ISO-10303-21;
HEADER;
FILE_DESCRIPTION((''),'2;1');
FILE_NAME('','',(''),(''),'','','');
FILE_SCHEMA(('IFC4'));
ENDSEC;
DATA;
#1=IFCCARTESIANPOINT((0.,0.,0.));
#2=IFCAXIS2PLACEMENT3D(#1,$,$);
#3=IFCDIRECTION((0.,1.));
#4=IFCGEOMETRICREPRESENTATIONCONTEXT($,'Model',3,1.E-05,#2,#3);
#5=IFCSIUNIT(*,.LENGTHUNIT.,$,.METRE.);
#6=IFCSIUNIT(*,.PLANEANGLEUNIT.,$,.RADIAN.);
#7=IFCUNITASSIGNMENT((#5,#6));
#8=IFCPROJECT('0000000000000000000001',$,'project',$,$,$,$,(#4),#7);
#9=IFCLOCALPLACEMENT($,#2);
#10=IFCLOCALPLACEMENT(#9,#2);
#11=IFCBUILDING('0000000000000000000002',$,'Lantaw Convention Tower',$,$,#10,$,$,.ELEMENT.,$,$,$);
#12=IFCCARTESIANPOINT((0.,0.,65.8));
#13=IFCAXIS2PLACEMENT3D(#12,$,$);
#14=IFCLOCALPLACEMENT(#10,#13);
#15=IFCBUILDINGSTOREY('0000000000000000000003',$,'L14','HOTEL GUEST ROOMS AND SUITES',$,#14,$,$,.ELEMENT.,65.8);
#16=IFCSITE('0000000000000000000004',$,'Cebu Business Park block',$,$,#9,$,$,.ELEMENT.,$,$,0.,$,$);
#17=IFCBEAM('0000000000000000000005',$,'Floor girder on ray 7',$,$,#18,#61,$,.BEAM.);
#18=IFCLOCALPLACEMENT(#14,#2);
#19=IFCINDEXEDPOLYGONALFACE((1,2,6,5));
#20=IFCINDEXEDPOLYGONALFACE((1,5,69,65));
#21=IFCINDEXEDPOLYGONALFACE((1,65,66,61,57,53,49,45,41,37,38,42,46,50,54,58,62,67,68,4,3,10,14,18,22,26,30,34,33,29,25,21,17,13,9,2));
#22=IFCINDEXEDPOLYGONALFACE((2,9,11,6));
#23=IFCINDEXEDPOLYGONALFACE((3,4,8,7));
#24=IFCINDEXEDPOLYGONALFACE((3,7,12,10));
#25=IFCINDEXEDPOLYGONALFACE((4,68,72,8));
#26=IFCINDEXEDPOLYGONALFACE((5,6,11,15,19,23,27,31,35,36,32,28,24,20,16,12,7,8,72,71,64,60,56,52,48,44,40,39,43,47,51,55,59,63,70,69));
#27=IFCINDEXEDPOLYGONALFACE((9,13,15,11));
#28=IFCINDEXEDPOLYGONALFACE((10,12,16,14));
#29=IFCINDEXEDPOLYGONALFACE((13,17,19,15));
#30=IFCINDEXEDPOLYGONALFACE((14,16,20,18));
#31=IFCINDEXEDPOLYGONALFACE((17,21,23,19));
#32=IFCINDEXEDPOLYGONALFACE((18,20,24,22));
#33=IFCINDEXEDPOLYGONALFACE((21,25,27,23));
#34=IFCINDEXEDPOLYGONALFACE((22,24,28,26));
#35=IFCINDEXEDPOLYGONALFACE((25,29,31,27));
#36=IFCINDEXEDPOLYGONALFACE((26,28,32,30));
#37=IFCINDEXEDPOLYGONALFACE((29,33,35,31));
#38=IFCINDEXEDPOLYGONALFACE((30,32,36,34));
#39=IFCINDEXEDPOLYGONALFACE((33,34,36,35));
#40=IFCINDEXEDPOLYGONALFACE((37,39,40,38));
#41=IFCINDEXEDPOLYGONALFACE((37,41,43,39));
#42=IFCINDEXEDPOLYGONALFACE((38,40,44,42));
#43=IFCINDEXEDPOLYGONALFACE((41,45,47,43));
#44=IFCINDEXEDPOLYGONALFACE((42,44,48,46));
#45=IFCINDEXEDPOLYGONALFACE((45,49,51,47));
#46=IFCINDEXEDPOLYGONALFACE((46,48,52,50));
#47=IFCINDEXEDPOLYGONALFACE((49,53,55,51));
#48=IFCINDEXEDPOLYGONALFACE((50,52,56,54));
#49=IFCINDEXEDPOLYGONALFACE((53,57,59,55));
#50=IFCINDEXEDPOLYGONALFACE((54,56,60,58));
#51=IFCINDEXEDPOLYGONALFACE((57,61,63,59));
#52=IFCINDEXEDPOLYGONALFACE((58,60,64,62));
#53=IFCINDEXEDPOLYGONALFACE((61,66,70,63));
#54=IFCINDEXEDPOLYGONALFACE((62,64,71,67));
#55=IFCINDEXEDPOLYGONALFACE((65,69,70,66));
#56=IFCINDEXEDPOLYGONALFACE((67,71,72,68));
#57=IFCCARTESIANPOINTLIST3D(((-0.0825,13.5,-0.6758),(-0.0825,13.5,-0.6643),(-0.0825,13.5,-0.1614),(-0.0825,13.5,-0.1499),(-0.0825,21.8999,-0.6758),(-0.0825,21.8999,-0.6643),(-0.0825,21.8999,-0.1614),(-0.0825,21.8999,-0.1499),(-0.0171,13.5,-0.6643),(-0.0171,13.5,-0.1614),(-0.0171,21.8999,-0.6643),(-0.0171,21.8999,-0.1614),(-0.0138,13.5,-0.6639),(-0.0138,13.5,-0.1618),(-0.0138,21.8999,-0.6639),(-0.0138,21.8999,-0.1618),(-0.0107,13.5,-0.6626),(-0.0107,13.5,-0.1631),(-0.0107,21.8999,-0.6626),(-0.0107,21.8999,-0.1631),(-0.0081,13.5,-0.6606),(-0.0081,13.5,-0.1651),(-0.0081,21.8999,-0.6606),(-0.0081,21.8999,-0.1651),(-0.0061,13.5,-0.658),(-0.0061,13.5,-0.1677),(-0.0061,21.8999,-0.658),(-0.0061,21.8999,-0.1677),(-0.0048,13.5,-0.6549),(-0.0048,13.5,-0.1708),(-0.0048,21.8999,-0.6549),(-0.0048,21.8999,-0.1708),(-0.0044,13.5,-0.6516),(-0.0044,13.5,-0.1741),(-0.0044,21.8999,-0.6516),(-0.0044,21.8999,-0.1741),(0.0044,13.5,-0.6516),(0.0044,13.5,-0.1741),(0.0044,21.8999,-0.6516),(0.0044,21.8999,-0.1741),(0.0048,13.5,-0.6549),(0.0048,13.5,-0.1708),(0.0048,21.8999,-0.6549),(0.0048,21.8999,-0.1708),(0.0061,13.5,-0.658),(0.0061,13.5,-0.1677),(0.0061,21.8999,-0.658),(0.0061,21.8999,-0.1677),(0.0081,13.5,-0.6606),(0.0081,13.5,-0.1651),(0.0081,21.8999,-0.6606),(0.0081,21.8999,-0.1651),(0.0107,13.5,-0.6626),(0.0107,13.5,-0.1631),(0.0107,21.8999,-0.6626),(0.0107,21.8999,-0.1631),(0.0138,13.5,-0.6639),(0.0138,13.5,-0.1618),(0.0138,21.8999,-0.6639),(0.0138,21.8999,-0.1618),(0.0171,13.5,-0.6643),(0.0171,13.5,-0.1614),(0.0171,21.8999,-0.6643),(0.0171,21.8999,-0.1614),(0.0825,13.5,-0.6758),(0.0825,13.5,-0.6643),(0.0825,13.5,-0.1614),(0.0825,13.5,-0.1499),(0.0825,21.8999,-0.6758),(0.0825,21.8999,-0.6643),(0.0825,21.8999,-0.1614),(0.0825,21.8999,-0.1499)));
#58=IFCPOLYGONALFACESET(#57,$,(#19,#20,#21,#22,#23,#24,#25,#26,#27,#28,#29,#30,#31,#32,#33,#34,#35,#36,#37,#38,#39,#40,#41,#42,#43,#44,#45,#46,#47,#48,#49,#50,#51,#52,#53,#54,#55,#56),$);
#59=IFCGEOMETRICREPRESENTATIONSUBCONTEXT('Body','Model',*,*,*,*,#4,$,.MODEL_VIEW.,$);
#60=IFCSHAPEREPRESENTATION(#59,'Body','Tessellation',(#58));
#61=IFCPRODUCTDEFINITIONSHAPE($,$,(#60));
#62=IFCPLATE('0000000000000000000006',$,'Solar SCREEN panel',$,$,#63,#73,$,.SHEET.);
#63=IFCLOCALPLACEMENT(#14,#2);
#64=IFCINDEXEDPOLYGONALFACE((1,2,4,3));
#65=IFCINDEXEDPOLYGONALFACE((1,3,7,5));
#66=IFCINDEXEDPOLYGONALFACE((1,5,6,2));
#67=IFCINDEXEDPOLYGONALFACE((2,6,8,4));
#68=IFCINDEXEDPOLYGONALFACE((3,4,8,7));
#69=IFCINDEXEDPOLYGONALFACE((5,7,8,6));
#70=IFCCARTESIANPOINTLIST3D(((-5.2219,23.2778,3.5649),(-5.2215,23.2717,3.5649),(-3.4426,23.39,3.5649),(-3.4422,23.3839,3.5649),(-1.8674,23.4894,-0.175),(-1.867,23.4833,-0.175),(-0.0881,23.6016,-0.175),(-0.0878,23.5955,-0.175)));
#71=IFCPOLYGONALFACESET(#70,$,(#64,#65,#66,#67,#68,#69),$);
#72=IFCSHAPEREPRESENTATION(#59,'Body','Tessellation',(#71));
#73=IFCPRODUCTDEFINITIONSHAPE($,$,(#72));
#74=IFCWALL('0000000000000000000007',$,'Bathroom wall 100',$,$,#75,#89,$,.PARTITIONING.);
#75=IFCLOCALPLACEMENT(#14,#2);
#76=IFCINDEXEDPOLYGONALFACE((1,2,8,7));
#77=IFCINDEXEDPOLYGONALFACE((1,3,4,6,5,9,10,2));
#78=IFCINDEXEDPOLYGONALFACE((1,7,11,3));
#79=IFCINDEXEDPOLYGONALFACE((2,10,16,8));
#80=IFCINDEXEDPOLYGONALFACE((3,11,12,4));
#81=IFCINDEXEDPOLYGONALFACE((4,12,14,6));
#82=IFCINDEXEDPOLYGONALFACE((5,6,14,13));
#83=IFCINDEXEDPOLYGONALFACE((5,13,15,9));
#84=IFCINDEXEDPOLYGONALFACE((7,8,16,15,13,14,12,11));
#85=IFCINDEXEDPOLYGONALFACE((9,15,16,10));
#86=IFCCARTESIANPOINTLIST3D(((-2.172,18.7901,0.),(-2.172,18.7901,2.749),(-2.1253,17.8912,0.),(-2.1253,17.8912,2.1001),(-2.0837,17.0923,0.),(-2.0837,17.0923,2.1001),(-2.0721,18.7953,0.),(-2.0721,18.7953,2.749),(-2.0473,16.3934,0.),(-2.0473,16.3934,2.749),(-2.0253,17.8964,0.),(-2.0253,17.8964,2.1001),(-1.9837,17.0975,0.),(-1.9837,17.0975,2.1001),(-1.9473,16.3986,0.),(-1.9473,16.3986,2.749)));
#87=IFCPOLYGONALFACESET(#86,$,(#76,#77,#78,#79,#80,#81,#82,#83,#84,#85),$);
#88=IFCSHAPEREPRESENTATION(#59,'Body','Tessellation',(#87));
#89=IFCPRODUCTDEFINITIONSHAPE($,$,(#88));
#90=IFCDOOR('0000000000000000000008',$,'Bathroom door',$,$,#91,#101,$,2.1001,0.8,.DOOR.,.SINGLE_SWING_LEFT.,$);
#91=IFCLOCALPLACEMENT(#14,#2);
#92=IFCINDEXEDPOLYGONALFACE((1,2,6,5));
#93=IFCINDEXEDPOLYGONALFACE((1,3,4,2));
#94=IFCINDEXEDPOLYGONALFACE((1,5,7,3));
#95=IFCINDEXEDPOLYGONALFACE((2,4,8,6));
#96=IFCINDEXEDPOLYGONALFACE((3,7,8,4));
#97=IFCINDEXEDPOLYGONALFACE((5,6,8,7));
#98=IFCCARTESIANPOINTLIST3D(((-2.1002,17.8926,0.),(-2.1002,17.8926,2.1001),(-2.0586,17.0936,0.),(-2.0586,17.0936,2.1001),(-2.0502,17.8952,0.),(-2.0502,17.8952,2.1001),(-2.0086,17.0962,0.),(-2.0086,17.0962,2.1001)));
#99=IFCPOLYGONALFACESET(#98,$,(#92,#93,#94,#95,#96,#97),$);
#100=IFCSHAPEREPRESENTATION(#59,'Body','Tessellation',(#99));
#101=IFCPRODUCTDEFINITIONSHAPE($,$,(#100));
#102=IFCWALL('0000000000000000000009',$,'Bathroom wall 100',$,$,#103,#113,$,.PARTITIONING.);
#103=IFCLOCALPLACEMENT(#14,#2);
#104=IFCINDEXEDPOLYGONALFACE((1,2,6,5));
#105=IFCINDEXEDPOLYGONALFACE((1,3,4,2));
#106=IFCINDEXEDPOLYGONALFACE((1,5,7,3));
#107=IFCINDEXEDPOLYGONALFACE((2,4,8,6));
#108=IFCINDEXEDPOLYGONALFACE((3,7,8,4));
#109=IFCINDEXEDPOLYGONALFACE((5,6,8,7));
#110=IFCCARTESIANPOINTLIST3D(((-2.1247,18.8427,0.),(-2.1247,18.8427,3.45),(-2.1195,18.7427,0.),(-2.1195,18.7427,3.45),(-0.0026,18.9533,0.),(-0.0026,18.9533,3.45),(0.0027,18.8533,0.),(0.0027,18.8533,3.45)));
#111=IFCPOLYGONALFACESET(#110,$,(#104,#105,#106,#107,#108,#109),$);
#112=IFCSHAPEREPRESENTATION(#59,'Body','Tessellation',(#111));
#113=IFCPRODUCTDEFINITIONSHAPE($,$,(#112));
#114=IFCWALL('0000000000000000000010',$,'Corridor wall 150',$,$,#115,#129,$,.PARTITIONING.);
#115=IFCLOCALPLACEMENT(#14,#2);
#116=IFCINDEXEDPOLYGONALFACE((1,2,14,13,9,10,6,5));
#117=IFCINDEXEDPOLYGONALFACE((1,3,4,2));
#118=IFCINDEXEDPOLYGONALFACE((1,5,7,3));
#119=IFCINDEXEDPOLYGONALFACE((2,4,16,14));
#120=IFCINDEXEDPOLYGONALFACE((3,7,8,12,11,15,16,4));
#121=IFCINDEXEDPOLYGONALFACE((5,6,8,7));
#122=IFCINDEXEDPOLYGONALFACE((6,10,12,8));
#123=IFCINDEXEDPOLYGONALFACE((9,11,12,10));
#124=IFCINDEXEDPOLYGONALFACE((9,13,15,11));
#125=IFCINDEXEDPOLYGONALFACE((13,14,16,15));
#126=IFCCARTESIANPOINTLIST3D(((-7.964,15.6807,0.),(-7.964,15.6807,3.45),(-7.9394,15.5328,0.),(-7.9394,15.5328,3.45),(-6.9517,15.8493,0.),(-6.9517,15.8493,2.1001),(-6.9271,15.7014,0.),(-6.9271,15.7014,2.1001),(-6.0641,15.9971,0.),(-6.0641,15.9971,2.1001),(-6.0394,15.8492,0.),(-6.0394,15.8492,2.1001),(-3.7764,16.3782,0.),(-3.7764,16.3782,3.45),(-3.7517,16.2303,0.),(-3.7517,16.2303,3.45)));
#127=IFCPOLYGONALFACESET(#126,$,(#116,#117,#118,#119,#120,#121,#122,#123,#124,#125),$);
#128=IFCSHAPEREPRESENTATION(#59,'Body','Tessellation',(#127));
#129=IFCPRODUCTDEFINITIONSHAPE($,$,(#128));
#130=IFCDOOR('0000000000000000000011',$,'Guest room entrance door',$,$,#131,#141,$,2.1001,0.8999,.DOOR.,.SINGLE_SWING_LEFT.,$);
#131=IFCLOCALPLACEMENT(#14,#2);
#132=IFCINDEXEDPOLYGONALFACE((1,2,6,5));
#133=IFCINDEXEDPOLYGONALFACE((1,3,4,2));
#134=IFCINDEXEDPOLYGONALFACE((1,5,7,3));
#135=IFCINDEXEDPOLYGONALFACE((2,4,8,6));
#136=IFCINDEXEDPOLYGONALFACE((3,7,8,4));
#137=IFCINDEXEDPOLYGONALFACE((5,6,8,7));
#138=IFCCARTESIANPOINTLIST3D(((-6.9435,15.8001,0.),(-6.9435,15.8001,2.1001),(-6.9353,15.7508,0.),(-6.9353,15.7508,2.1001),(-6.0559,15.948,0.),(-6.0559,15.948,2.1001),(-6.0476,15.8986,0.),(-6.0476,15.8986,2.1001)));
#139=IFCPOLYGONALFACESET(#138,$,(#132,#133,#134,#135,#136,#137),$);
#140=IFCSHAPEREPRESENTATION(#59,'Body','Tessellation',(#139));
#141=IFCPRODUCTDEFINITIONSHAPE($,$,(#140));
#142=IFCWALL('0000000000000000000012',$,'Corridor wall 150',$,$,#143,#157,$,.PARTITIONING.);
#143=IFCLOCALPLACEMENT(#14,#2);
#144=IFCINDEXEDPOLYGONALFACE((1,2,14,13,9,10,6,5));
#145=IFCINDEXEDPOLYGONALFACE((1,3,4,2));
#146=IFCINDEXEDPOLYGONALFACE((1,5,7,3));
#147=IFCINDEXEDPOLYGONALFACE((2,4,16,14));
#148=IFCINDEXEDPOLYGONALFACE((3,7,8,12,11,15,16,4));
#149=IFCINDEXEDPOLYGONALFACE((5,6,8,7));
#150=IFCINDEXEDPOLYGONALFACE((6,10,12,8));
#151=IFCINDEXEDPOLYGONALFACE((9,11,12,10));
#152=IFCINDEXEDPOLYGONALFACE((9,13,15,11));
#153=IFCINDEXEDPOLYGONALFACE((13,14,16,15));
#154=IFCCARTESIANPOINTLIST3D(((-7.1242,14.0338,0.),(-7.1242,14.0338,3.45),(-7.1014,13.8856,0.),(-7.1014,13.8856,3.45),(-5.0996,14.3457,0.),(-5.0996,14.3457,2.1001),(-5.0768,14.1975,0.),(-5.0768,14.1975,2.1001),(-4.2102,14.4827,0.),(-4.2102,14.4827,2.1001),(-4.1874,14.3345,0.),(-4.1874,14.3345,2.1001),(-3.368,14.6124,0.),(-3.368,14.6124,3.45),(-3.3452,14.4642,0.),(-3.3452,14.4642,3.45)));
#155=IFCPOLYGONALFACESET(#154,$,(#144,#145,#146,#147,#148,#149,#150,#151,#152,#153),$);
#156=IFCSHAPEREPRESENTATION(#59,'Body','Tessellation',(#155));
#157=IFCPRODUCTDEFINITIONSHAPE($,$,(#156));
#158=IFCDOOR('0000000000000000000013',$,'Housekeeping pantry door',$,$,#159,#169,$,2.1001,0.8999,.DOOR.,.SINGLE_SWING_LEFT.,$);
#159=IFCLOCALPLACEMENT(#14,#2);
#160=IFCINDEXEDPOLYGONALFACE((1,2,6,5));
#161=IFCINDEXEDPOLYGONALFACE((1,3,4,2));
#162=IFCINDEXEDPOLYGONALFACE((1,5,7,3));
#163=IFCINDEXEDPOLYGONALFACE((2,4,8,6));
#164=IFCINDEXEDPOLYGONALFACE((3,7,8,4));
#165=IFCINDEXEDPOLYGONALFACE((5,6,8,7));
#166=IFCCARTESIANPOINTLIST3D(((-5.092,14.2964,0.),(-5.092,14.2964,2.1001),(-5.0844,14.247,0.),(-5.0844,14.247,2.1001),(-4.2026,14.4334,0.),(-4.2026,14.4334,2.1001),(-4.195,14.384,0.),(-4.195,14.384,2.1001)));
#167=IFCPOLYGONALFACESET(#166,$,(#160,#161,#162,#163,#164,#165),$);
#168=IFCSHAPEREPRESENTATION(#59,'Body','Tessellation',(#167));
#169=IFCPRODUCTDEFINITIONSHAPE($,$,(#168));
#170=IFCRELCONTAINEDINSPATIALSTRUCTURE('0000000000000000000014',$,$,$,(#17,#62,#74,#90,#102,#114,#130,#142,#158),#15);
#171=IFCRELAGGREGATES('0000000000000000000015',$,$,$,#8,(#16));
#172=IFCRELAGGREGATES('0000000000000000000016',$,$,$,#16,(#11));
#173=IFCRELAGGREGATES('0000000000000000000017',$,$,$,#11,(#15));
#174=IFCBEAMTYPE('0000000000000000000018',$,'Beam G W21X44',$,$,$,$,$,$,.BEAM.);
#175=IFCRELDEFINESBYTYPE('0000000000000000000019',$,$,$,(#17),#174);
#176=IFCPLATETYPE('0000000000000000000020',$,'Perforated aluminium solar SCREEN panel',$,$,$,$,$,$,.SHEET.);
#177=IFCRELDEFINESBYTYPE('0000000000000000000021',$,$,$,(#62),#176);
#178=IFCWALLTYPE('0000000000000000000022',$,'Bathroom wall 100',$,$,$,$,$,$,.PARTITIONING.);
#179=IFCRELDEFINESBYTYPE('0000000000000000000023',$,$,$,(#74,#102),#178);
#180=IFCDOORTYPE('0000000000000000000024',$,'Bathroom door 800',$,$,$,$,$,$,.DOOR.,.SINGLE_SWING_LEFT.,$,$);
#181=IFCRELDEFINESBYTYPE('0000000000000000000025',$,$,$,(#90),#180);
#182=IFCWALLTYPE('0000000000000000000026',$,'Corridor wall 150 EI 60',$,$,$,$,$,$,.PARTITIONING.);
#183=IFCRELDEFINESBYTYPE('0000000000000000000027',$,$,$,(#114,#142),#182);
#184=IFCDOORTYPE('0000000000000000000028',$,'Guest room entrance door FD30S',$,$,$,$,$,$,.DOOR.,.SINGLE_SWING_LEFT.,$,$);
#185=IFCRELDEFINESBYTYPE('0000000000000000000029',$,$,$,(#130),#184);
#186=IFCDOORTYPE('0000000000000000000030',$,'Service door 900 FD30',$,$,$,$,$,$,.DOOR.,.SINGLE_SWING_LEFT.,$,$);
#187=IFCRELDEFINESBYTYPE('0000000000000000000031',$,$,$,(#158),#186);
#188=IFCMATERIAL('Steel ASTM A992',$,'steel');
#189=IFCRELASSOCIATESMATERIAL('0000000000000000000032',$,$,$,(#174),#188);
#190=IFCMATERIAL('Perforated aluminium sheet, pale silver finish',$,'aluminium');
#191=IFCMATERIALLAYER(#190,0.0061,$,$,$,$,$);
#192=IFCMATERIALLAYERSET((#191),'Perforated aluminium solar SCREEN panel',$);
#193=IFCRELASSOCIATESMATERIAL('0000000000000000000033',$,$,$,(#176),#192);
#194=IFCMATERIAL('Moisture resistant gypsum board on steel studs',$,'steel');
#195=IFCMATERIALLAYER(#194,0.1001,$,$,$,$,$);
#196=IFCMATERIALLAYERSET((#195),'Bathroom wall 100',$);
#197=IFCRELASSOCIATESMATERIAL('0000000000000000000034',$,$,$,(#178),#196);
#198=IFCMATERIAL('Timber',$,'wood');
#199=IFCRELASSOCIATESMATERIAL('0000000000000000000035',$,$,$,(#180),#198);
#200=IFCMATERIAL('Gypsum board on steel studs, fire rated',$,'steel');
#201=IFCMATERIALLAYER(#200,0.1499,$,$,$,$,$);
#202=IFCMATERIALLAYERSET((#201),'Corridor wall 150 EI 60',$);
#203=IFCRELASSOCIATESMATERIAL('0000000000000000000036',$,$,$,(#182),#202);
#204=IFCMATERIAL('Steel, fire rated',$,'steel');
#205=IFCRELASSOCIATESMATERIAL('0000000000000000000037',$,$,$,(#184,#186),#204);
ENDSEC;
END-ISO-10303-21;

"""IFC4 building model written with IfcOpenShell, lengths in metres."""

from ifc_helpers import new_model, si_unit, direction, frame, frame_2d, origin, origin_2d, place, context, subcontext, project, spatial, polyline, rectangle, i_section, outline, extrude, material, layer, layer_set, material_profile, profile_set, type_object, element, fill, save


model = new_model("IFC4")

# Units and contexts
model_context = context("Model", 3, precision=1e-05, world=origin(), true_north=direction((0.0, 1.0)))
body_context = subcontext(model_context, "Body", "Model", "MODEL_VIEW")
ifc_project = project(units=[si_unit("LENGTHUNIT", "METRE"), si_unit("PLANEANGLEUNIT", "RADIAN")], contexts=[model_context])

# Site, building, storey
site_placement = place(None, origin())
site = spatial("IfcSite", under=ifc_project, at=site_placement, Name="Cebu Business Park block", CompositionType="ELEMENT", RefElevation=0.0)
building_placement = place(site_placement, origin())
building = spatial("IfcBuilding", under=site, at=building_placement, Name="Lantaw Convention Tower", CompositionType="ELEMENT")
storey_placement = place(building_placement, frame((0.0, 0.0, 65.8)))
storey = spatial("IfcBuildingStorey", under=building, at=storey_placement, Name="L14", Description="HOTEL GUEST ROOMS AND SUITES", CompositionType="ELEMENT", Elevation=65.8)

# Beam
ifc_material_1 = material(Name="Steel ASTM A992", Category="steel")
ifc_material_profile_1 = material_profile(ifc_material_1, i_section(OverallWidth=0.165, OverallDepth=0.5259, WebThickness=0.0088, FlangeThickness=0.0115, FilletRadius=0.0127, at=origin_2d()), Name="W21X44")
ifc_profile_set_1 = profile_set([ifc_material_profile_1], Name="Steel ASTM A992")
beam_type_1 = type_object("IfcBeamType", Name="Beam G W21X44", PredefinedType="BEAM", material=ifc_profile_set_1)
beam_1_placement = place(storey_placement, frame((0.0, 13.5, -0.4128), z_axis=(0.0, 1.0, 0.0), x_axis=(-1.0, 0.0, 0.0)))
element("IfcBeam", 1, at=beam_1_placement, inside=storey, type_object=beam_type_1, Name="Floor girder on ray 7", PredefinedType="BEAM", context=body_context, shape_type="SweptSolid", body=[
    extrude(i_section(OverallWidth=0.165, OverallDepth=0.5259, WebThickness=0.0088, FlangeThickness=0.0115, FilletRadius=0.0127, at=origin_2d()), origin(), (0.0, 0.0, 1.0), 8.3999),
])

# Plate
ifc_material_2 = material(Name="Perforated aluminium sheet, pale silver finish", Category="aluminium")
ifc_layer_1 = layer(ifc_material_2, 0.0061)
ifc_layer_set_1 = layer_set([ifc_layer_1], Name="Perforated aluminium solar SCREEN panel")
plate_type = type_object("IfcPlateType", Name="Perforated aluminium solar SCREEN panel", PredefinedType="SHEET", material=ifc_layer_set_1)
plate_placement = place(storey_placement, frame((-0.0881, 23.6016, -0.175), z_axis=(-0.062924, 0.998018, 0.000014), x_axis=(-0.998018, -0.062924, 0.0)))
element("IfcPlate", 2, at=plate_placement, inside=storey, type_object=plate_type, Name="Solar SCREEN panel", PredefinedType="SHEET", context=body_context, shape_type="SweptSolid", body=[
    extrude(outline(polyline([(0.0, 0.0), (1.7828, 0.0), (5.144, 3.74), (3.3611, 3.74), (0.0, 0.0)])), origin(), (0.0, 0.0, -1.0), 0.0061),
])

# Wall, opening, door
ifc_material_3 = material(Name="Moisture resistant gypsum board on steel studs", Category="steel")
ifc_layer_2 = layer(ifc_material_3, 0.1001)
ifc_layer_set_2 = layer_set([ifc_layer_2], Name="Bathroom wall 100")
wall_type_1 = type_object("IfcWallType", Name="Bathroom wall 100", PredefinedType="PARTITIONING", material=ifc_layer_set_2)
wall_1_placement = place(storey_placement, frame((-1.9973, 16.396, 0.0), z_axis=(0.0, 0.0, 1.0), x_axis=(-0.051982, 0.998648, 0.0)))
wall_1 = element("IfcWall", 3, at=wall_1_placement, inside=storey, type_object=wall_type_1, Name="Bathroom wall 100", PredefinedType="PARTITIONING", context=body_context, shape_type="SweptSolid", body=[
    extrude(rectangle(XDim=2.3999, YDim=0.1001, at=frame_2d((1.2, 0.0))), origin(), (0.0, 0.0, 1.0), 2.749),
])
opening_1_placement = place(wall_1_placement, frame((0.7, 0.0, 0.0)))
opening_1 = element("IfcOpeningElement", 4, at=opening_1_placement, cuts=wall_1, PredefinedType="OPENING", context=body_context, shape_type="SweptSolid", body=[
    extrude(rectangle(XDim=0.8, YDim=2.1001, at=frame_2d((0.3999, 1.05))), frame((0.0, 0.0601, 0.0), z_axis=(0.0, -1.0, 0.0), x_axis=(1.0, 0.0, 0.0)), (0.0, 0.0, 1.0), 0.1201),
])
ifc_material_4 = material(Name="Timber", Category="wood")
door_type_1 = type_object("IfcDoorType", Name="Bathroom door 800", OperationType="SINGLE_SWING_LEFT", PredefinedType="DOOR", material=ifc_material_4)
door_1_placement = place(opening_1_placement, origin())
door_1 = element("IfcDoor", 5, at=door_1_placement, inside=storey, type_object=door_type_1, Name="Bathroom door", OperationType="SINGLE_SWING_LEFT", OverallHeight=2.1001, OverallWidth=0.8, PredefinedType="DOOR", context=body_context, shape_type="SweptSolid", body=[
    extrude(rectangle(XDim=0.8, YDim=2.1001, at=frame_2d((0.3999, 1.05))), frame((0.0, 0.0249, 0.0), z_axis=(0.0, -1.0, 0.0), x_axis=(1.0, 0.0, 0.0)), (0.0, 0.0, 1.0), 0.05),
])
fill(opening_1, door_1)

# Wall
wall_2_placement = place(storey_placement, frame((-2.1221, 18.7927, 0.0), z_axis=(0.0, 0.0, 1.0), x_axis=(0.998645, 0.052046, 0.0)))
element("IfcWall", 6, at=wall_2_placement, inside=storey, type_object=wall_type_1, Name="Bathroom wall 100", PredefinedType="PARTITIONING", context=body_context, shape_type="SweptSolid", body=[
    extrude(rectangle(XDim=2.125, YDim=0.1001, at=frame_2d((1.0625, 0.0))), origin(), (0.0, 0.0, 1.0), 3.45),
])

# Walls, openings, doors
ifc_material_5 = material(Name="Gypsum board on steel studs, fire rated", Category="steel")
ifc_layer_3 = layer(ifc_material_5, 0.1499)
ifc_layer_set_3 = layer_set([ifc_layer_3], Name="Corridor wall 150 EI 60")
wall_type_2 = type_object("IfcWallType", Name="Corridor wall 150 EI 60", PredefinedType="PARTITIONING", material=ifc_layer_set_3)
wall_3_placement = place(storey_placement, frame((-3.7642, 16.3042, 0.0), z_axis=(0.0, 0.0, 1.0), x_axis=(-0.986411, -0.164296, 0.0)))
wall_3 = element("IfcWall", 7, at=wall_3_placement, inside=storey, type_object=wall_type_2, Name="Corridor wall 150", PredefinedType="PARTITIONING", context=body_context, shape_type="SweptSolid", body=[
    extrude(rectangle(XDim=4.2454, YDim=0.1499, at=frame_2d((2.1226, 0.0))), origin(), (0.0, 0.0, 1.0), 3.45),
])
opening_2_placement = place(wall_3_placement, frame((2.3191, 0.0, 0.0)))
opening_2 = element("IfcOpeningElement", 8, at=opening_2_placement, cuts=wall_3, PredefinedType="OPENING", context=body_context, shape_type="SweptSolid", body=[
    extrude(rectangle(XDim=0.8999, YDim=2.1001, at=frame_2d((0.45, 1.05))), frame((0.0, 0.085, 0.0), z_axis=(0.0, -1.0, 0.0), x_axis=(1.0, 0.0, 0.0)), (0.0, 0.0, 1.0), 0.1699),
])
ifc_material_6 = material(Name="Steel, fire rated", Category="steel")
door_type_2 = type_object("IfcDoorType", Name="Guest room entrance door FD30S", OperationType="SINGLE_SWING_LEFT", PredefinedType="DOOR", material=ifc_material_6)
door_2_placement = place(opening_2_placement, origin())
door_2 = element("IfcDoor", 9, at=door_2_placement, inside=storey, type_object=door_type_2, Name="Guest room entrance door", OperationType="SINGLE_SWING_LEFT", OverallHeight=2.1001, OverallWidth=0.8999, PredefinedType="DOOR", context=body_context, shape_type="SweptSolid", body=[
    extrude(rectangle(XDim=0.8999, YDim=2.1001, at=frame_2d((0.45, 1.05))), frame((0.0, 0.0249, 0.0), z_axis=(0.0, -1.0, 0.0), x_axis=(1.0, 0.0, 0.0)), (0.0, 0.0, 1.0), 0.05),
])
fill(opening_2, door_2)
wall_4_placement = place(storey_placement, frame((-3.3564, 14.5383, 0.0), z_axis=(0.0, 0.0, 1.0), x_axis=(-0.988343, -0.152241, 0.0)))
wall_4 = element("IfcWall", 10, at=wall_4_placement, inside=storey, type_object=wall_type_2, Name="Corridor wall 150", PredefinedType="PARTITIONING", context=body_context, shape_type="SweptSolid", body=[
    extrude(rectangle(XDim=3.8005, YDim=0.1499, at=frame_2d((1.9004, 0.0))), origin(), (0.0, 0.0, 1.0), 3.45),
])
opening_3_placement = place(wall_4_placement, frame((0.8523, 0.0, 0.0)))
opening_3 = element("IfcOpeningElement", 11, at=opening_3_placement, cuts=wall_4, PredefinedType="OPENING", context=body_context, shape_type="SweptSolid", body=[
    extrude(rectangle(XDim=0.8999, YDim=2.1001, at=frame_2d((0.45, 1.05))), frame((0.0, 0.085, 0.0), z_axis=(0.0, -1.0, 0.0), x_axis=(1.0, 0.0, 0.0)), (0.0, 0.0, 1.0), 0.1699),
])
door_type_3 = type_object("IfcDoorType", Name="Service door 900 FD30", OperationType="SINGLE_SWING_LEFT", PredefinedType="DOOR", material=ifc_material_6)
door_3_placement = place(opening_3_placement, origin())
door_3 = element("IfcDoor", 12, at=door_3_placement, inside=storey, type_object=door_type_3, Name="Housekeeping pantry door", OperationType="SINGLE_SWING_LEFT", OverallHeight=2.1001, OverallWidth=0.8999, PredefinedType="DOOR", context=body_context, shape_type="SweptSolid", body=[
    extrude(rectangle(XDim=0.8999, YDim=2.1001, at=frame_2d((0.45, 1.05))), frame((0.0, 0.0249, 0.0), z_axis=(0.0, -1.0, 0.0), x_axis=(1.0, 0.0, 0.0)), (0.0, 0.0, 1.0), 0.05),
])
fill(opening_3, door_3)

save(model, "model.ifc")
